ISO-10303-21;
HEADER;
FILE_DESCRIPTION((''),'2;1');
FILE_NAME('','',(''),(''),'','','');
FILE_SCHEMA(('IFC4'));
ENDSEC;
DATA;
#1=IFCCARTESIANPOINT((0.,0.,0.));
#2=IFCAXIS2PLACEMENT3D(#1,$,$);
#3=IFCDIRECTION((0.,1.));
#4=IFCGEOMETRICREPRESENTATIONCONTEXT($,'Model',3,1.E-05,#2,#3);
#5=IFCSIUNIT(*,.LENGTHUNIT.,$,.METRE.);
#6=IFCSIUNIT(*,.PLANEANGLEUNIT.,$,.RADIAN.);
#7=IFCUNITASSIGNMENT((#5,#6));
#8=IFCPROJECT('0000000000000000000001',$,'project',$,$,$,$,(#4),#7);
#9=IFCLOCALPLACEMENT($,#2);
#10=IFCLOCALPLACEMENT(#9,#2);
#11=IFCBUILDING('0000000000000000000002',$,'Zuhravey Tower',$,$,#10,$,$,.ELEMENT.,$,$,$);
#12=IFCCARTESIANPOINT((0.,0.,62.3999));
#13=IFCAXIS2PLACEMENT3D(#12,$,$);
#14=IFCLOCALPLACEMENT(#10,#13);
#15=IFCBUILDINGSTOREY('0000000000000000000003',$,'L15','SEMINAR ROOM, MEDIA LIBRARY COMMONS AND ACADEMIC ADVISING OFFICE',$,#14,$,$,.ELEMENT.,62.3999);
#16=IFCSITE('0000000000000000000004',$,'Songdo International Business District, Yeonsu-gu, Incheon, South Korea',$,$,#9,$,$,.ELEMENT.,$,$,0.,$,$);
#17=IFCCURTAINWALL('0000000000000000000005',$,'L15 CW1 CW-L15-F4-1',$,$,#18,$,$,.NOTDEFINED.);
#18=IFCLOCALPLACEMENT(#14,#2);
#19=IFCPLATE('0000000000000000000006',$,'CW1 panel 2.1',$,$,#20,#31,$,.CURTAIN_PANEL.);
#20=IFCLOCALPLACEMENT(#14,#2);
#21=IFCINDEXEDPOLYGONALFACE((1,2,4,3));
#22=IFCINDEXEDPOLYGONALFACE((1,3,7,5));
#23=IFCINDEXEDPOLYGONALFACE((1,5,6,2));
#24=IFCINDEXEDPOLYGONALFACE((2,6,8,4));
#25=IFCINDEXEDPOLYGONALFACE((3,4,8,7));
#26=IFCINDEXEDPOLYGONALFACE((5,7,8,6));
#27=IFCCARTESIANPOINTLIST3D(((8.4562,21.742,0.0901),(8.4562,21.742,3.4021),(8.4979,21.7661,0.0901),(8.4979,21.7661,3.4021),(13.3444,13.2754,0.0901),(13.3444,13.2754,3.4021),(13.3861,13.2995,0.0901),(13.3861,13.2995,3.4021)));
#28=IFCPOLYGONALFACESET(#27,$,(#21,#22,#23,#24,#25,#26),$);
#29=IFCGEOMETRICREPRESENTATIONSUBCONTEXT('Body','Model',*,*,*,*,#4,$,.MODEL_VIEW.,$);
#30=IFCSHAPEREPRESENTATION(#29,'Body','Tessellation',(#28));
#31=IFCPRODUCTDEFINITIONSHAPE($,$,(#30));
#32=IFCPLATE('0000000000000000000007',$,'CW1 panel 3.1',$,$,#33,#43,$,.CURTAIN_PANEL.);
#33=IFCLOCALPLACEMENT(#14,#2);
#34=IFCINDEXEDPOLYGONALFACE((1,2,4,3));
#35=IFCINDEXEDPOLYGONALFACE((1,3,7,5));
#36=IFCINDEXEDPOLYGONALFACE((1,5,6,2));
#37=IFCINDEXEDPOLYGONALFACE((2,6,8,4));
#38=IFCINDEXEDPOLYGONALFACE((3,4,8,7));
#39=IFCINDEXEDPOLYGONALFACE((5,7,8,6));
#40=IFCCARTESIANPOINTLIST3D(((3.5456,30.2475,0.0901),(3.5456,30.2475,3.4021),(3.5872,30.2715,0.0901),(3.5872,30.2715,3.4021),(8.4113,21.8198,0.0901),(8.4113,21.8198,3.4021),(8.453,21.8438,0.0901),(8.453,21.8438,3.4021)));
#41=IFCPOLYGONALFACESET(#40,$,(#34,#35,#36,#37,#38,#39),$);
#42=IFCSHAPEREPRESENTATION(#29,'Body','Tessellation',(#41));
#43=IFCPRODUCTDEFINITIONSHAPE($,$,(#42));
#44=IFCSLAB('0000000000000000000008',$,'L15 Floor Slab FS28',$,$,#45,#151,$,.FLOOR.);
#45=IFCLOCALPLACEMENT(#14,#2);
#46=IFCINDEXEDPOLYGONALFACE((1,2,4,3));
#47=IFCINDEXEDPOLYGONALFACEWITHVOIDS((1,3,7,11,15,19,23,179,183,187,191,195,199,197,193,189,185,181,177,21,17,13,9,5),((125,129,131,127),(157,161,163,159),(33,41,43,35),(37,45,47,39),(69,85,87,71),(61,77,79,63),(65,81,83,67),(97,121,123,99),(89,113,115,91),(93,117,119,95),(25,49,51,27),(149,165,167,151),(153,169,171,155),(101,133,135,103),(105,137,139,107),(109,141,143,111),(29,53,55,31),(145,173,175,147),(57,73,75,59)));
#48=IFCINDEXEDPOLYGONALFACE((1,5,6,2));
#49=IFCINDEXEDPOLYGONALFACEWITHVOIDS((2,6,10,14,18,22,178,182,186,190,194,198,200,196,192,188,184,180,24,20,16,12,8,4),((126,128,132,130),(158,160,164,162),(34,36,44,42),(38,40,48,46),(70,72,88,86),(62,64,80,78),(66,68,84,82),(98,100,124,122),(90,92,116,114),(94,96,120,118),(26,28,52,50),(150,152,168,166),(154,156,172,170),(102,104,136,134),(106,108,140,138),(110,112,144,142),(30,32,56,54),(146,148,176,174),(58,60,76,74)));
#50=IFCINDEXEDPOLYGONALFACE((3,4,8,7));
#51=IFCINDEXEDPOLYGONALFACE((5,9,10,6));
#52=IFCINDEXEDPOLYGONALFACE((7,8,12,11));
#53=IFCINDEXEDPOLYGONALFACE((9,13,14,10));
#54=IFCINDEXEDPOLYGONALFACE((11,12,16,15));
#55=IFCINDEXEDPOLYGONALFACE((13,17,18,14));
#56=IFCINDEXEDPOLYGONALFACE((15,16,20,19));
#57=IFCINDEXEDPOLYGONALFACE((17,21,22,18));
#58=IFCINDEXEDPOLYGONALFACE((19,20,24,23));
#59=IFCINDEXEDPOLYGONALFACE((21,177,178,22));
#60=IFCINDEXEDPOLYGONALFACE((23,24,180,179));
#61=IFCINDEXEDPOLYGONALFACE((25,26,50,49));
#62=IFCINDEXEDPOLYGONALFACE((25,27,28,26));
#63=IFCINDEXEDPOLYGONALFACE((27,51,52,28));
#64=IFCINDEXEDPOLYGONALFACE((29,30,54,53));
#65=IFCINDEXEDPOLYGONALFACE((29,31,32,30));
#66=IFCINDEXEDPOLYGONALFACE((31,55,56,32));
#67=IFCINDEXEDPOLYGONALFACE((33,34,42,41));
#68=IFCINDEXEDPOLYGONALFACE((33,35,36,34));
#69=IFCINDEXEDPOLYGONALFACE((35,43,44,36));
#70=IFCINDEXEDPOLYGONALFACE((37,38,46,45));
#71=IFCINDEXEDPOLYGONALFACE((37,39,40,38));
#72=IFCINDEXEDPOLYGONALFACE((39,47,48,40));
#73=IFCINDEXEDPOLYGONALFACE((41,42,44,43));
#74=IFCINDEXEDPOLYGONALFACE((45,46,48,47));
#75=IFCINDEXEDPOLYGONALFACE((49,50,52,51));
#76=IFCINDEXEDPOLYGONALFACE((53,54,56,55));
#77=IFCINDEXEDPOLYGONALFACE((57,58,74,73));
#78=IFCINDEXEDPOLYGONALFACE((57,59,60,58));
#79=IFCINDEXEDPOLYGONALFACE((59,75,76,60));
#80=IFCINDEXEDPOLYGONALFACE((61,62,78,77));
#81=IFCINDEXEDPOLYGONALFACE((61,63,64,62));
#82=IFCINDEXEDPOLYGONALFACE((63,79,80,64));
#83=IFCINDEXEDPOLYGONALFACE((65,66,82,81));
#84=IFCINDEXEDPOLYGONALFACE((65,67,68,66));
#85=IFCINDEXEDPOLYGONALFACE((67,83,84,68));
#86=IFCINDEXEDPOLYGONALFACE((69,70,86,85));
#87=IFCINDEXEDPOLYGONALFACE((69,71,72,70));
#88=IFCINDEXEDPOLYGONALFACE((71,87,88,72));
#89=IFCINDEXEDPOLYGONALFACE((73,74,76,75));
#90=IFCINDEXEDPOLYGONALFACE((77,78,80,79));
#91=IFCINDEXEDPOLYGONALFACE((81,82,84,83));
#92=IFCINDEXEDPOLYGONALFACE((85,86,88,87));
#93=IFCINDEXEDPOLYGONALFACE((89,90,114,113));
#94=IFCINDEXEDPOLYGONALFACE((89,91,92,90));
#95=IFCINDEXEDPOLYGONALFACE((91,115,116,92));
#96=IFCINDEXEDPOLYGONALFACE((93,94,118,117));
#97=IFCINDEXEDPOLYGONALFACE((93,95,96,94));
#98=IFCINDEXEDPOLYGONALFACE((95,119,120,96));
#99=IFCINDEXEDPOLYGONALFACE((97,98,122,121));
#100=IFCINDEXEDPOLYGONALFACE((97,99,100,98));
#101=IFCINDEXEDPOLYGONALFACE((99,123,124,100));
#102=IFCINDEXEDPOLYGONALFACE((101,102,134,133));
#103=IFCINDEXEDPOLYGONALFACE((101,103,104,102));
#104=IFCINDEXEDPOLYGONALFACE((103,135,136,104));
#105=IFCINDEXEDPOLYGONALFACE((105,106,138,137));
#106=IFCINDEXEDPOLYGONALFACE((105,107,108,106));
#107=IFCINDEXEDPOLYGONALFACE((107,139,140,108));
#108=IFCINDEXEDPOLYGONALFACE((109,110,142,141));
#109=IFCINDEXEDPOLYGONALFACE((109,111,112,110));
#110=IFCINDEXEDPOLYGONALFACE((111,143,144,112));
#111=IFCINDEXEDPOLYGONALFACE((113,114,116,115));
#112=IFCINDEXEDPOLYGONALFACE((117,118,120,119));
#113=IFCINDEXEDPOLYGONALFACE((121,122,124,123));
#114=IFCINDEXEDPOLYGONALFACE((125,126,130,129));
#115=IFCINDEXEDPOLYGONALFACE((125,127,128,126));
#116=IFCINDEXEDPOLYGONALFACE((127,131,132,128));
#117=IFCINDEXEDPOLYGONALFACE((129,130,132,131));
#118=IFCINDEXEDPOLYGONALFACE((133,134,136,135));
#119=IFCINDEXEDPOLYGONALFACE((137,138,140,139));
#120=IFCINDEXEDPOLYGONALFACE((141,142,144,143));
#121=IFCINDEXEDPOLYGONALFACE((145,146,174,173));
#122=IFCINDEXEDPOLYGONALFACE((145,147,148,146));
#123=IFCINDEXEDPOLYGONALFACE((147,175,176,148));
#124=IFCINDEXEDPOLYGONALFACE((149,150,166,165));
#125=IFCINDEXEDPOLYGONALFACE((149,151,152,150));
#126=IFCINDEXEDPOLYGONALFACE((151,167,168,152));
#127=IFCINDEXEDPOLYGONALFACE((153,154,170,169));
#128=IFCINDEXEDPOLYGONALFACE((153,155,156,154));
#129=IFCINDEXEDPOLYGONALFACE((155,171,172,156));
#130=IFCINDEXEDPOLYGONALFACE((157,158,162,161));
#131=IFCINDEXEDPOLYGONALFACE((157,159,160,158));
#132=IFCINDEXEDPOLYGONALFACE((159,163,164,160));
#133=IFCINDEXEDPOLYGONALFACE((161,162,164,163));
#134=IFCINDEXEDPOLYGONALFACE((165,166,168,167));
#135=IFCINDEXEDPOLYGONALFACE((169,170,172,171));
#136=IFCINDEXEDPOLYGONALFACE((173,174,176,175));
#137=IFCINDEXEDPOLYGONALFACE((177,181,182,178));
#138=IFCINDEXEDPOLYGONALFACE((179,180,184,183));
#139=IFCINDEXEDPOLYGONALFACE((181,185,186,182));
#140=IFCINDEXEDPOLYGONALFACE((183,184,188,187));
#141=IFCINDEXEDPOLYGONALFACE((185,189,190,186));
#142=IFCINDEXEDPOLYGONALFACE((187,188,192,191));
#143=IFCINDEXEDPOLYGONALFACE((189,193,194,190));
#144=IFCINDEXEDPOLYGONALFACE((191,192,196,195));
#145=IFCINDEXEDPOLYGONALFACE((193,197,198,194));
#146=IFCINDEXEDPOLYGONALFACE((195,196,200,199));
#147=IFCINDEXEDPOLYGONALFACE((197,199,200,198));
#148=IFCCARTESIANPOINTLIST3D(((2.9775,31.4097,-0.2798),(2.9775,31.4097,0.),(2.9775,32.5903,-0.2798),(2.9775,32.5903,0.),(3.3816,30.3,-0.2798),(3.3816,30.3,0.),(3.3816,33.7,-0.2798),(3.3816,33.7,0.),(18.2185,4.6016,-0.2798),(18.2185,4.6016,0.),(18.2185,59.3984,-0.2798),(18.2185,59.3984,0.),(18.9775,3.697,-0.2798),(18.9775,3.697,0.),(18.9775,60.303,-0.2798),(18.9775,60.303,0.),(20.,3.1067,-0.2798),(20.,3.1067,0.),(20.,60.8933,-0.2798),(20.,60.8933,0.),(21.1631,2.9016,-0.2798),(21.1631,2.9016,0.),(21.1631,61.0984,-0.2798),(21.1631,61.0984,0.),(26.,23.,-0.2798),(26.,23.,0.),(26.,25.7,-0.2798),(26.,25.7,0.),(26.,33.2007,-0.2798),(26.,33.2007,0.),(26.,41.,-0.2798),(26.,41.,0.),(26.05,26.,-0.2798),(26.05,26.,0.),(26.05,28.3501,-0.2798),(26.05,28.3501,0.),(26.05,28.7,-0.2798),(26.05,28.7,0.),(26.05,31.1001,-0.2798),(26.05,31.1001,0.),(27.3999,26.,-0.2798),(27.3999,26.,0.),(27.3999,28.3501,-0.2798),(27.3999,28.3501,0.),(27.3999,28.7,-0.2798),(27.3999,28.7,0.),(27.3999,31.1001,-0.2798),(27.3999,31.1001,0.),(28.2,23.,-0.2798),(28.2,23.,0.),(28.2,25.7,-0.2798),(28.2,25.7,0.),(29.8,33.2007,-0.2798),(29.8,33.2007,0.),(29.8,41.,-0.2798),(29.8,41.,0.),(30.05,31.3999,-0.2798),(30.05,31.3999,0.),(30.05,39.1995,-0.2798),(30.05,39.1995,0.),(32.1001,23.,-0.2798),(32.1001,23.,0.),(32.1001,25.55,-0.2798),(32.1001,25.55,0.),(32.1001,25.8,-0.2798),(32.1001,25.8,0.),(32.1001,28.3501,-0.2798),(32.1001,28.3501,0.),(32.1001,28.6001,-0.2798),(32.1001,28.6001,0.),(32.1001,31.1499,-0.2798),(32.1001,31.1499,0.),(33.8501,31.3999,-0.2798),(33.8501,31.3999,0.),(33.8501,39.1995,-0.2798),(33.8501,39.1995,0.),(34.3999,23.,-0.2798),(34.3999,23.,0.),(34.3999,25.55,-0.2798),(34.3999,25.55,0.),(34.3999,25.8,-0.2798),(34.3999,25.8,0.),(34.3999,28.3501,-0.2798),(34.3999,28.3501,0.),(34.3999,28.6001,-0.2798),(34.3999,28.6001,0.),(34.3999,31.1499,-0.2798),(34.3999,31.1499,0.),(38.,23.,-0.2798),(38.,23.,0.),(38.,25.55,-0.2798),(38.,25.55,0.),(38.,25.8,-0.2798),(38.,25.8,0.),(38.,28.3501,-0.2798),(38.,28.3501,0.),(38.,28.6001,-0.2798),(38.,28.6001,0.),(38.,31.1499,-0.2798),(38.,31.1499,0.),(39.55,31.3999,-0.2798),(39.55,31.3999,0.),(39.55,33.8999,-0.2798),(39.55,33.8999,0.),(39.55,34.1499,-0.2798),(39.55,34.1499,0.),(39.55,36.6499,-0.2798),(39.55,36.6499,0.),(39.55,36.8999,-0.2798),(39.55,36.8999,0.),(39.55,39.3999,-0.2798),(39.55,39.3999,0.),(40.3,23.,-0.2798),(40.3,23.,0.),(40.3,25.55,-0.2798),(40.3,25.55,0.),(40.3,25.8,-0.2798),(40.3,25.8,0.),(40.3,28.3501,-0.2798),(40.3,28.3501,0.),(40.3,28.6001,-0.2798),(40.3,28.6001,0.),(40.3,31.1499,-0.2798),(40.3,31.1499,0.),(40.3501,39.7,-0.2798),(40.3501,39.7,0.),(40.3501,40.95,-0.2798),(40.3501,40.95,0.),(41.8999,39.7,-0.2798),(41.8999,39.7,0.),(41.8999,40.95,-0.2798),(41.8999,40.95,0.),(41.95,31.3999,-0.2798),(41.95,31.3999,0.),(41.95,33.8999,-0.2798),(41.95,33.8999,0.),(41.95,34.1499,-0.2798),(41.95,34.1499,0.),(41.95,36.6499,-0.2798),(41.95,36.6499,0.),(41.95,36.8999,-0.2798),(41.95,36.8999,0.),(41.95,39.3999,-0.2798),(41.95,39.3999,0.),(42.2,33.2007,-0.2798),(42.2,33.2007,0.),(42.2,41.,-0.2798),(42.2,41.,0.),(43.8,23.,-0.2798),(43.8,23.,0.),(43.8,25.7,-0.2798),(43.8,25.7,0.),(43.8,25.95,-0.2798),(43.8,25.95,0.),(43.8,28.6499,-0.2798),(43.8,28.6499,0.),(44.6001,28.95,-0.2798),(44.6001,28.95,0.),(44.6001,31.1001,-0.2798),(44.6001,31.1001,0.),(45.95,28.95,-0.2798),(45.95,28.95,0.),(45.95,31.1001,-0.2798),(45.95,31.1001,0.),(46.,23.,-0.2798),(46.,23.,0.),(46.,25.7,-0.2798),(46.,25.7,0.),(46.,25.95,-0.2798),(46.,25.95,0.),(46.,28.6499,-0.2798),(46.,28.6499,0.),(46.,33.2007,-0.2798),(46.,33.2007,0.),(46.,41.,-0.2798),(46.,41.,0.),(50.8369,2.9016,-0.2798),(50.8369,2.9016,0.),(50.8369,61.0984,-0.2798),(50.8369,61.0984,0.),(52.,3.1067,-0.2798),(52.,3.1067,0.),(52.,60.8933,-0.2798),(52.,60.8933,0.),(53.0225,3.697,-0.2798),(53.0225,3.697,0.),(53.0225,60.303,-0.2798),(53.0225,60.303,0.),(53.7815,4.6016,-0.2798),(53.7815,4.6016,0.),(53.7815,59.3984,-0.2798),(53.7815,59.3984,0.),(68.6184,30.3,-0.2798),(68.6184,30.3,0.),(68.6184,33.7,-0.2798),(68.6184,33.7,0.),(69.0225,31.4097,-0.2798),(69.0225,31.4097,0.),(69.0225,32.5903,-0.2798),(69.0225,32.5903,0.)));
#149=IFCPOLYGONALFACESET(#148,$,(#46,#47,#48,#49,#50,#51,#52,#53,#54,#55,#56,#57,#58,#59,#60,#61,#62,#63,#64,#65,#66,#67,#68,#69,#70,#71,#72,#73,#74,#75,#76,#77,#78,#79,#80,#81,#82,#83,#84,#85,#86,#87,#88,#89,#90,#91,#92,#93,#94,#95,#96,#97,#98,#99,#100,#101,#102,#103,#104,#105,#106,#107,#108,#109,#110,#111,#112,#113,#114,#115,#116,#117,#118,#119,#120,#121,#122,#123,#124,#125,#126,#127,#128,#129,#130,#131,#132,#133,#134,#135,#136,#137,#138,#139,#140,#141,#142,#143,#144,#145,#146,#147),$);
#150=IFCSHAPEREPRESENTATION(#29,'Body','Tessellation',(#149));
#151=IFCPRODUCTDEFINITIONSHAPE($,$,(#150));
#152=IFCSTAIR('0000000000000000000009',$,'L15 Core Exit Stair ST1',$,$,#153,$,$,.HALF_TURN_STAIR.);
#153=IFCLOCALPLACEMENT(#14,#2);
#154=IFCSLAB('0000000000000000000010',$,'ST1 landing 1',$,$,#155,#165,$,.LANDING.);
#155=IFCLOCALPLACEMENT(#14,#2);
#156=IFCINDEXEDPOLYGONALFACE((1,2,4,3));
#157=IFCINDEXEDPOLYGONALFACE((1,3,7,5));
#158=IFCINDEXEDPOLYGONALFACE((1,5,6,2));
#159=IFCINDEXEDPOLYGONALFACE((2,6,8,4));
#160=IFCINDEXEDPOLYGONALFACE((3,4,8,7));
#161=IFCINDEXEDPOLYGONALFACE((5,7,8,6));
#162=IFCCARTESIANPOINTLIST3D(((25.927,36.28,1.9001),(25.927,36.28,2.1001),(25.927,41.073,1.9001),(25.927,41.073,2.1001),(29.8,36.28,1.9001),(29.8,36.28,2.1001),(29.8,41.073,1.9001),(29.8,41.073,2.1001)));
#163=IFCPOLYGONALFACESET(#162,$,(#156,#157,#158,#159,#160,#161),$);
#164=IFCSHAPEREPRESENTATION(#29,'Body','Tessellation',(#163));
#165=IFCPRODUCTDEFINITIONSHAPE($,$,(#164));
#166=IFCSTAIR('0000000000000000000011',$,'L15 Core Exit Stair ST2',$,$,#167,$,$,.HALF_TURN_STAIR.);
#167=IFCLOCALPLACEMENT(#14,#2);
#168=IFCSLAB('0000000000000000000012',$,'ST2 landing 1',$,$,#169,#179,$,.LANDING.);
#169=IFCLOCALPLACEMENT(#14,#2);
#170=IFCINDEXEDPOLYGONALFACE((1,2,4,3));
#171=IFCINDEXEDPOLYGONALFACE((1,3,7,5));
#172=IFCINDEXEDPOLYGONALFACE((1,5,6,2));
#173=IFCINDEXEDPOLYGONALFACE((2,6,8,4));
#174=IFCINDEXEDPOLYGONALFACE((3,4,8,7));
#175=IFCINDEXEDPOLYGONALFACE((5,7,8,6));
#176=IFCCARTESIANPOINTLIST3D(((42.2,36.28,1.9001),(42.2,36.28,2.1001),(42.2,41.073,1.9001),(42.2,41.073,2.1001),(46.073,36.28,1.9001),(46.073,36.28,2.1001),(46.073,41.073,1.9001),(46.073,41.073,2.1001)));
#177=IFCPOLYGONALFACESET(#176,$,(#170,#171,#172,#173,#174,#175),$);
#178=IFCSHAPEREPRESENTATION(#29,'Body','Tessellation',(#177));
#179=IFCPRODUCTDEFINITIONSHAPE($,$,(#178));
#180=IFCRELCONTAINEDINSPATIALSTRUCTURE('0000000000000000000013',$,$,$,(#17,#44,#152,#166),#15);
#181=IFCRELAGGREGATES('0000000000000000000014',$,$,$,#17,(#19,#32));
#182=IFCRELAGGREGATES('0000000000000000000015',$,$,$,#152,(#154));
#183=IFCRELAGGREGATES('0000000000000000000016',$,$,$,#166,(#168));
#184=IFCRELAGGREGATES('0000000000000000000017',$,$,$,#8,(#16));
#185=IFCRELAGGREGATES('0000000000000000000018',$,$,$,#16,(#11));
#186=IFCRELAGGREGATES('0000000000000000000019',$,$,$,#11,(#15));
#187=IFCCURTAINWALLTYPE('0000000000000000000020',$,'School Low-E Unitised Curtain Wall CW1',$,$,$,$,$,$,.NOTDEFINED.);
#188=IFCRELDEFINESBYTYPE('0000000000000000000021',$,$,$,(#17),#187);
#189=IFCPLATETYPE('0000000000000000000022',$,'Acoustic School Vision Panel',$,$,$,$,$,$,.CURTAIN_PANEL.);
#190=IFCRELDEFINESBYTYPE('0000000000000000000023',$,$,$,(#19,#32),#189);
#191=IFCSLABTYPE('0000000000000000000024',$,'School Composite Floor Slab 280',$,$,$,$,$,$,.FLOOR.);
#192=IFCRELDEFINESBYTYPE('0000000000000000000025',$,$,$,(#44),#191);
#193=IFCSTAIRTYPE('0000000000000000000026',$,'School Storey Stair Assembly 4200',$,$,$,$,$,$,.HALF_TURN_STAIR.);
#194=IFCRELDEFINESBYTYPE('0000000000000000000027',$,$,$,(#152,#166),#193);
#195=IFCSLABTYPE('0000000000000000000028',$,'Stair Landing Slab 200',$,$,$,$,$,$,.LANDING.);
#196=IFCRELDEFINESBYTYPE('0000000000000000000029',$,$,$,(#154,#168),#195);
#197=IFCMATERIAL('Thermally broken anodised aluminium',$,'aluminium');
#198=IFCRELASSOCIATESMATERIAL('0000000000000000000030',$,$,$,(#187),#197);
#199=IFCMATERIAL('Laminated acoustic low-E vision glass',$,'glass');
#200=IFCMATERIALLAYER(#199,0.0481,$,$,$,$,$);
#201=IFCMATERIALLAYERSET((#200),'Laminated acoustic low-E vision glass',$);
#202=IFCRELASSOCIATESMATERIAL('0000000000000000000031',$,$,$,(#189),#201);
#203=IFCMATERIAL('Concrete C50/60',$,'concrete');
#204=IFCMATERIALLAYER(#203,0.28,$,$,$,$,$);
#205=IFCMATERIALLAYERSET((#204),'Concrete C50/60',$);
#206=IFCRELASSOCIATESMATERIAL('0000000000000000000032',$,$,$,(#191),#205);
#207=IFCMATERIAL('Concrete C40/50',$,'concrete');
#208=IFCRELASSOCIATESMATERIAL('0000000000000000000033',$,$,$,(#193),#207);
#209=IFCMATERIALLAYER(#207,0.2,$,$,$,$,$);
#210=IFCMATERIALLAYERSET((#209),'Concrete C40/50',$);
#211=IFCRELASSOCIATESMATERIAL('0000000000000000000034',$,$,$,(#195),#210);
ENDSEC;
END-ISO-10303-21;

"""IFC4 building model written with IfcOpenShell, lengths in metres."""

from ifc_helpers import new_model, si_unit, direction, frame, origin, origin_2d, place, context, subcontext, project, spatial, polyline, rectangle, outline, extrude, material, layer, layer_set, type_object, element, aggregate, save


model = new_model("IFC4")

# Units and contexts
model_context = context("Model", 3, precision=1e-05, world=origin(), true_north=direction((0.0, 1.0)))
body_context = subcontext(model_context, "Body", "Model", "MODEL_VIEW")
ifc_project = project(units=[si_unit("LENGTHUNIT", "METRE"), si_unit("PLANEANGLEUNIT", "RADIAN")], contexts=[model_context])

# Site, building, storey
site_placement = place(None, origin())
site = spatial("IfcSite", under=ifc_project, at=site_placement, Name="Songdo International Business District, Yeonsu-gu, Incheon, South Korea", CompositionType="ELEMENT", RefElevation=0.0)
building_placement = place(site_placement, origin())
building = spatial("IfcBuilding", under=site, at=building_placement, Name="Zuhravey Tower", CompositionType="ELEMENT")
storey_placement = place(building_placement, frame((0.0, 0.0, 62.3999)))
storey = spatial("IfcBuildingStorey", under=building, at=storey_placement, Name="L15", Description="SEMINAR ROOM, MEDIA LIBRARY COMMONS AND ACADEMIC ADVISING OFFICE", CompositionType="ELEMENT", Elevation=62.3999)

# Shared definitions
ifc_material_1 = material(Name="Thermally broken anodised aluminium", Category="aluminium")
curtain_wall_type = type_object("IfcCurtainWallType", Name="School Low-E Unitised Curtain Wall CW1", PredefinedType="NOTDEFINED", material=ifc_material_1)

# Curtain wall
curtain_wall_1_placement = place(storey_placement, origin())
curtain_wall_1 = element("IfcCurtainWall", 1, at=curtain_wall_1_placement, inside=storey, type_object=curtain_wall_type, Name="L15 CW1 CW-L15-F4-1", PredefinedType="NOTDEFINED")

# Plates
ifc_material_2 = material(Name="Laminated acoustic low-E vision glass", Category="glass")
ifc_layer_1 = layer(ifc_material_2, 0.0481)
ifc_layer_set_1 = layer_set([ifc_layer_1], Name="Laminated acoustic low-E vision glass")
plate_type = type_object("IfcPlateType", Name="Acoustic School Vision Panel", PredefinedType="CURTAIN_PANEL", material=ifc_layer_set_1)
plate_1_placement = place(storey_placement, frame((10.9211, 17.5208, 0.0901), z_axis=(0.0, 0.0, 1.0), x_axis=(-0.5, 0.866026, 0.0)))
plate_1 = element("IfcPlate", 2, at=plate_1_placement, type_object=plate_type, Name="CW1 panel 2.1", PredefinedType="CURTAIN_PANEL", context=body_context, shape_type="SweptSolid", body=[
    extrude(rectangle(XDim=9.7764, YDim=0.0481, at=origin_2d()), origin(), (0.0, 0.0, 1.0), 3.312),
])
plate_2_placement = place(storey_placement, frame((5.9993, 26.0457, 0.0901), z_axis=(0.0, 0.0, 1.0), x_axis=(-0.5, 0.866026, 0.0)))
plate_2 = element("IfcPlate", 3, at=plate_2_placement, type_object=plate_type, Name="CW1 panel 3.1", PredefinedType="CURTAIN_PANEL", context=body_context, shape_type="SweptSolid", body=[
    extrude(rectangle(XDim=9.7314, YDim=0.0481, at=origin_2d()), origin(), (0.0, 0.0, 1.0), 3.312),
])
aggregate(curtain_wall_1, [plate_1, plate_2])

# Slab
ifc_material_3 = material(Name="Concrete C50/60", Category="concrete")
ifc_layer_2 = layer(ifc_material_3, 0.28)
ifc_layer_set_2 = layer_set([ifc_layer_2], Name="Concrete C50/60")
slab_type_1 = type_object("IfcSlabType", Name="School Composite Floor Slab 280", PredefinedType="FLOOR", material=ifc_layer_set_2)
slab_1_placement = place(storey_placement, frame((0.0, 0.0, -0.2798)))
element("IfcSlab", 4, at=slab_1_placement, inside=storey, type_object=slab_type_1, Name="L15 Floor Slab FS28", PredefinedType="FLOOR", context=body_context, shape_type="SweptSolid", body=[
    extrude(outline(polyline([(68.6184, 30.3), (69.0225, 31.4097), (69.0225, 32.5903), (68.6184, 33.7), (53.7815, 59.3984), (53.0225, 60.303), (52.0, 60.8933), (50.8369, 61.0984), (21.1631, 61.0984), (20.0, 60.8933), (18.9775, 60.303), (18.2185, 59.3984), (3.3816, 33.7), (2.9775, 32.5903), (2.9775, 31.4097), (3.3816, 30.3), (18.2185, 4.6016), (18.9775, 3.697), (20.0, 3.1067), (21.1631, 2.9016), (50.8369, 2.9016), (52.0, 3.1067), (53.0225, 3.697), (53.7815, 4.6016), (68.6184, 30.3)]), holes=[polyline([(29.8, 33.2007), (29.8, 41.0), (26.0, 41.0), (26.0, 33.2007), (29.8, 33.2007)]), polyline([(46.0, 33.2007), (46.0, 41.0), (42.2, 41.0), (42.2, 33.2007), (46.0, 33.2007)]), polyline([(30.05, 39.1995), (30.05, 31.3999), (33.8501, 31.3999), (33.8501, 39.1995), (30.05, 39.1995)]), polyline([(32.1001, 23.0), (34.3999, 23.0), (34.3999, 25.55), (32.1001, 25.55), (32.1001, 23.0)]), polyline([(32.1001, 25.8), (34.3999, 25.8), (34.3999, 28.3501), (32.1001, 28.3501), (32.1001, 25.8)]), polyline([(32.1001, 28.6001), (34.3999, 28.6001), (34.3999, 31.1499), (32.1001, 31.1499), (32.1001, 28.6001)]), polyline([(38.0, 23.0), (40.3, 23.0), (40.3, 25.55), (38.0, 25.55), (38.0, 23.0)]), polyline([(38.0, 25.8), (40.3, 25.8), (40.3, 28.3501), (38.0, 28.3501), (38.0, 25.8)]), polyline([(38.0, 28.6001), (40.3, 28.6001), (40.3, 31.1499), (38.0, 31.1499), (38.0, 28.6001)]), polyline([(39.55, 31.3999), (41.95, 31.3999), (41.95, 33.8999), (39.55, 33.8999), (39.55, 31.3999)]), polyline([(39.55, 34.1499), (41.95, 34.1499), (41.95, 36.6499), (39.55, 36.6499), (39.55, 34.1499)]), polyline([(39.55, 36.8999), (41.95, 36.8999), (41.95, 39.3999), (39.55, 39.3999), (39.55, 36.8999)]), polyline([(26.0, 23.0), (28.2, 23.0), (28.2, 25.7), (26.0, 25.7), (26.0, 23.0)]), polyline([(43.8, 23.0), (46.0, 23.0), (46.0, 25.7), (43.8, 25.7), (43.8, 23.0)]), polyline([(43.8, 25.95), (46.0, 25.95), (46.0, 28.6499), (43.8, 28.6499), (43.8, 25.95)]), polyline([(26.05, 26.0), (27.3999, 26.0), (27.3999, 28.3501), (26.05, 28.3501), (26.05, 26.0)]), polyline([(26.05, 28.7), (27.3999, 28.7), (27.3999, 31.1001), (26.05, 31.1001), (26.05, 28.7)]), polyline([(44.6001, 28.95), (45.95, 28.95), (45.95, 31.1001), (44.6001, 31.1001), (44.6001, 28.95)]), polyline([(40.3501, 39.7), (41.8999, 39.7), (41.8999, 40.95), (40.3501, 40.95), (40.3501, 39.7)])]), origin(), (0.0, 0.0, 1.0), 0.2798),
])

# Stairs, slabs
ifc_material_4 = material(Name="Concrete C40/50", Category="concrete")
stair_type = type_object("IfcStairType", Name="School Storey Stair Assembly 4200", PredefinedType="HALF_TURN_STAIR", material=ifc_material_4)
stair_1_placement = place(storey_placement, origin())
stair_1 = element("IfcStair", 5, at=stair_1_placement, inside=storey, type_object=stair_type, Name="L15 Core Exit Stair ST1", PredefinedType="HALF_TURN_STAIR")
ifc_layer_3 = layer(ifc_material_4, 0.2)
ifc_layer_set_3 = layer_set([ifc_layer_3], Name="Concrete C40/50")
slab_type_2 = type_object("IfcSlabType", Name="Stair Landing Slab 200", PredefinedType="LANDING", material=ifc_layer_set_3)
slab_2_placement = place(storey_placement, frame((0.0, 0.0, 1.9001)))
slab_2 = element("IfcSlab", 6, at=slab_2_placement, type_object=slab_type_2, Name="ST1 landing 1", PredefinedType="LANDING", context=body_context, shape_type="SweptSolid", body=[
    extrude(outline(polyline([(29.8, 36.28), (29.8, 41.073), (25.927, 41.073), (25.927, 36.28), (29.8, 36.28)])), origin(), (0.0, 0.0, 1.0), 0.2),
])
aggregate(stair_1, [slab_2])
stair_2_placement = place(storey_placement, origin())
stair_2 = element("IfcStair", 7, at=stair_2_placement, inside=storey, type_object=stair_type, Name="L15 Core Exit Stair ST2", PredefinedType="HALF_TURN_STAIR")
slab_3_placement = place(storey_placement, frame((0.0, 0.0, 1.9001)))
slab_3 = element("IfcSlab", 8, at=slab_3_placement, type_object=slab_type_2, Name="ST2 landing 1", PredefinedType="LANDING", context=body_context, shape_type="SweptSolid", body=[
    extrude(outline(polyline([(46.073, 36.28), (46.073, 41.073), (42.2, 41.073), (42.2, 36.28), (46.073, 36.28)])), origin(), (0.0, 0.0, 1.0), 0.2),
])
aggregate(stair_2, [slab_3])

save(model, "model.ifc")
